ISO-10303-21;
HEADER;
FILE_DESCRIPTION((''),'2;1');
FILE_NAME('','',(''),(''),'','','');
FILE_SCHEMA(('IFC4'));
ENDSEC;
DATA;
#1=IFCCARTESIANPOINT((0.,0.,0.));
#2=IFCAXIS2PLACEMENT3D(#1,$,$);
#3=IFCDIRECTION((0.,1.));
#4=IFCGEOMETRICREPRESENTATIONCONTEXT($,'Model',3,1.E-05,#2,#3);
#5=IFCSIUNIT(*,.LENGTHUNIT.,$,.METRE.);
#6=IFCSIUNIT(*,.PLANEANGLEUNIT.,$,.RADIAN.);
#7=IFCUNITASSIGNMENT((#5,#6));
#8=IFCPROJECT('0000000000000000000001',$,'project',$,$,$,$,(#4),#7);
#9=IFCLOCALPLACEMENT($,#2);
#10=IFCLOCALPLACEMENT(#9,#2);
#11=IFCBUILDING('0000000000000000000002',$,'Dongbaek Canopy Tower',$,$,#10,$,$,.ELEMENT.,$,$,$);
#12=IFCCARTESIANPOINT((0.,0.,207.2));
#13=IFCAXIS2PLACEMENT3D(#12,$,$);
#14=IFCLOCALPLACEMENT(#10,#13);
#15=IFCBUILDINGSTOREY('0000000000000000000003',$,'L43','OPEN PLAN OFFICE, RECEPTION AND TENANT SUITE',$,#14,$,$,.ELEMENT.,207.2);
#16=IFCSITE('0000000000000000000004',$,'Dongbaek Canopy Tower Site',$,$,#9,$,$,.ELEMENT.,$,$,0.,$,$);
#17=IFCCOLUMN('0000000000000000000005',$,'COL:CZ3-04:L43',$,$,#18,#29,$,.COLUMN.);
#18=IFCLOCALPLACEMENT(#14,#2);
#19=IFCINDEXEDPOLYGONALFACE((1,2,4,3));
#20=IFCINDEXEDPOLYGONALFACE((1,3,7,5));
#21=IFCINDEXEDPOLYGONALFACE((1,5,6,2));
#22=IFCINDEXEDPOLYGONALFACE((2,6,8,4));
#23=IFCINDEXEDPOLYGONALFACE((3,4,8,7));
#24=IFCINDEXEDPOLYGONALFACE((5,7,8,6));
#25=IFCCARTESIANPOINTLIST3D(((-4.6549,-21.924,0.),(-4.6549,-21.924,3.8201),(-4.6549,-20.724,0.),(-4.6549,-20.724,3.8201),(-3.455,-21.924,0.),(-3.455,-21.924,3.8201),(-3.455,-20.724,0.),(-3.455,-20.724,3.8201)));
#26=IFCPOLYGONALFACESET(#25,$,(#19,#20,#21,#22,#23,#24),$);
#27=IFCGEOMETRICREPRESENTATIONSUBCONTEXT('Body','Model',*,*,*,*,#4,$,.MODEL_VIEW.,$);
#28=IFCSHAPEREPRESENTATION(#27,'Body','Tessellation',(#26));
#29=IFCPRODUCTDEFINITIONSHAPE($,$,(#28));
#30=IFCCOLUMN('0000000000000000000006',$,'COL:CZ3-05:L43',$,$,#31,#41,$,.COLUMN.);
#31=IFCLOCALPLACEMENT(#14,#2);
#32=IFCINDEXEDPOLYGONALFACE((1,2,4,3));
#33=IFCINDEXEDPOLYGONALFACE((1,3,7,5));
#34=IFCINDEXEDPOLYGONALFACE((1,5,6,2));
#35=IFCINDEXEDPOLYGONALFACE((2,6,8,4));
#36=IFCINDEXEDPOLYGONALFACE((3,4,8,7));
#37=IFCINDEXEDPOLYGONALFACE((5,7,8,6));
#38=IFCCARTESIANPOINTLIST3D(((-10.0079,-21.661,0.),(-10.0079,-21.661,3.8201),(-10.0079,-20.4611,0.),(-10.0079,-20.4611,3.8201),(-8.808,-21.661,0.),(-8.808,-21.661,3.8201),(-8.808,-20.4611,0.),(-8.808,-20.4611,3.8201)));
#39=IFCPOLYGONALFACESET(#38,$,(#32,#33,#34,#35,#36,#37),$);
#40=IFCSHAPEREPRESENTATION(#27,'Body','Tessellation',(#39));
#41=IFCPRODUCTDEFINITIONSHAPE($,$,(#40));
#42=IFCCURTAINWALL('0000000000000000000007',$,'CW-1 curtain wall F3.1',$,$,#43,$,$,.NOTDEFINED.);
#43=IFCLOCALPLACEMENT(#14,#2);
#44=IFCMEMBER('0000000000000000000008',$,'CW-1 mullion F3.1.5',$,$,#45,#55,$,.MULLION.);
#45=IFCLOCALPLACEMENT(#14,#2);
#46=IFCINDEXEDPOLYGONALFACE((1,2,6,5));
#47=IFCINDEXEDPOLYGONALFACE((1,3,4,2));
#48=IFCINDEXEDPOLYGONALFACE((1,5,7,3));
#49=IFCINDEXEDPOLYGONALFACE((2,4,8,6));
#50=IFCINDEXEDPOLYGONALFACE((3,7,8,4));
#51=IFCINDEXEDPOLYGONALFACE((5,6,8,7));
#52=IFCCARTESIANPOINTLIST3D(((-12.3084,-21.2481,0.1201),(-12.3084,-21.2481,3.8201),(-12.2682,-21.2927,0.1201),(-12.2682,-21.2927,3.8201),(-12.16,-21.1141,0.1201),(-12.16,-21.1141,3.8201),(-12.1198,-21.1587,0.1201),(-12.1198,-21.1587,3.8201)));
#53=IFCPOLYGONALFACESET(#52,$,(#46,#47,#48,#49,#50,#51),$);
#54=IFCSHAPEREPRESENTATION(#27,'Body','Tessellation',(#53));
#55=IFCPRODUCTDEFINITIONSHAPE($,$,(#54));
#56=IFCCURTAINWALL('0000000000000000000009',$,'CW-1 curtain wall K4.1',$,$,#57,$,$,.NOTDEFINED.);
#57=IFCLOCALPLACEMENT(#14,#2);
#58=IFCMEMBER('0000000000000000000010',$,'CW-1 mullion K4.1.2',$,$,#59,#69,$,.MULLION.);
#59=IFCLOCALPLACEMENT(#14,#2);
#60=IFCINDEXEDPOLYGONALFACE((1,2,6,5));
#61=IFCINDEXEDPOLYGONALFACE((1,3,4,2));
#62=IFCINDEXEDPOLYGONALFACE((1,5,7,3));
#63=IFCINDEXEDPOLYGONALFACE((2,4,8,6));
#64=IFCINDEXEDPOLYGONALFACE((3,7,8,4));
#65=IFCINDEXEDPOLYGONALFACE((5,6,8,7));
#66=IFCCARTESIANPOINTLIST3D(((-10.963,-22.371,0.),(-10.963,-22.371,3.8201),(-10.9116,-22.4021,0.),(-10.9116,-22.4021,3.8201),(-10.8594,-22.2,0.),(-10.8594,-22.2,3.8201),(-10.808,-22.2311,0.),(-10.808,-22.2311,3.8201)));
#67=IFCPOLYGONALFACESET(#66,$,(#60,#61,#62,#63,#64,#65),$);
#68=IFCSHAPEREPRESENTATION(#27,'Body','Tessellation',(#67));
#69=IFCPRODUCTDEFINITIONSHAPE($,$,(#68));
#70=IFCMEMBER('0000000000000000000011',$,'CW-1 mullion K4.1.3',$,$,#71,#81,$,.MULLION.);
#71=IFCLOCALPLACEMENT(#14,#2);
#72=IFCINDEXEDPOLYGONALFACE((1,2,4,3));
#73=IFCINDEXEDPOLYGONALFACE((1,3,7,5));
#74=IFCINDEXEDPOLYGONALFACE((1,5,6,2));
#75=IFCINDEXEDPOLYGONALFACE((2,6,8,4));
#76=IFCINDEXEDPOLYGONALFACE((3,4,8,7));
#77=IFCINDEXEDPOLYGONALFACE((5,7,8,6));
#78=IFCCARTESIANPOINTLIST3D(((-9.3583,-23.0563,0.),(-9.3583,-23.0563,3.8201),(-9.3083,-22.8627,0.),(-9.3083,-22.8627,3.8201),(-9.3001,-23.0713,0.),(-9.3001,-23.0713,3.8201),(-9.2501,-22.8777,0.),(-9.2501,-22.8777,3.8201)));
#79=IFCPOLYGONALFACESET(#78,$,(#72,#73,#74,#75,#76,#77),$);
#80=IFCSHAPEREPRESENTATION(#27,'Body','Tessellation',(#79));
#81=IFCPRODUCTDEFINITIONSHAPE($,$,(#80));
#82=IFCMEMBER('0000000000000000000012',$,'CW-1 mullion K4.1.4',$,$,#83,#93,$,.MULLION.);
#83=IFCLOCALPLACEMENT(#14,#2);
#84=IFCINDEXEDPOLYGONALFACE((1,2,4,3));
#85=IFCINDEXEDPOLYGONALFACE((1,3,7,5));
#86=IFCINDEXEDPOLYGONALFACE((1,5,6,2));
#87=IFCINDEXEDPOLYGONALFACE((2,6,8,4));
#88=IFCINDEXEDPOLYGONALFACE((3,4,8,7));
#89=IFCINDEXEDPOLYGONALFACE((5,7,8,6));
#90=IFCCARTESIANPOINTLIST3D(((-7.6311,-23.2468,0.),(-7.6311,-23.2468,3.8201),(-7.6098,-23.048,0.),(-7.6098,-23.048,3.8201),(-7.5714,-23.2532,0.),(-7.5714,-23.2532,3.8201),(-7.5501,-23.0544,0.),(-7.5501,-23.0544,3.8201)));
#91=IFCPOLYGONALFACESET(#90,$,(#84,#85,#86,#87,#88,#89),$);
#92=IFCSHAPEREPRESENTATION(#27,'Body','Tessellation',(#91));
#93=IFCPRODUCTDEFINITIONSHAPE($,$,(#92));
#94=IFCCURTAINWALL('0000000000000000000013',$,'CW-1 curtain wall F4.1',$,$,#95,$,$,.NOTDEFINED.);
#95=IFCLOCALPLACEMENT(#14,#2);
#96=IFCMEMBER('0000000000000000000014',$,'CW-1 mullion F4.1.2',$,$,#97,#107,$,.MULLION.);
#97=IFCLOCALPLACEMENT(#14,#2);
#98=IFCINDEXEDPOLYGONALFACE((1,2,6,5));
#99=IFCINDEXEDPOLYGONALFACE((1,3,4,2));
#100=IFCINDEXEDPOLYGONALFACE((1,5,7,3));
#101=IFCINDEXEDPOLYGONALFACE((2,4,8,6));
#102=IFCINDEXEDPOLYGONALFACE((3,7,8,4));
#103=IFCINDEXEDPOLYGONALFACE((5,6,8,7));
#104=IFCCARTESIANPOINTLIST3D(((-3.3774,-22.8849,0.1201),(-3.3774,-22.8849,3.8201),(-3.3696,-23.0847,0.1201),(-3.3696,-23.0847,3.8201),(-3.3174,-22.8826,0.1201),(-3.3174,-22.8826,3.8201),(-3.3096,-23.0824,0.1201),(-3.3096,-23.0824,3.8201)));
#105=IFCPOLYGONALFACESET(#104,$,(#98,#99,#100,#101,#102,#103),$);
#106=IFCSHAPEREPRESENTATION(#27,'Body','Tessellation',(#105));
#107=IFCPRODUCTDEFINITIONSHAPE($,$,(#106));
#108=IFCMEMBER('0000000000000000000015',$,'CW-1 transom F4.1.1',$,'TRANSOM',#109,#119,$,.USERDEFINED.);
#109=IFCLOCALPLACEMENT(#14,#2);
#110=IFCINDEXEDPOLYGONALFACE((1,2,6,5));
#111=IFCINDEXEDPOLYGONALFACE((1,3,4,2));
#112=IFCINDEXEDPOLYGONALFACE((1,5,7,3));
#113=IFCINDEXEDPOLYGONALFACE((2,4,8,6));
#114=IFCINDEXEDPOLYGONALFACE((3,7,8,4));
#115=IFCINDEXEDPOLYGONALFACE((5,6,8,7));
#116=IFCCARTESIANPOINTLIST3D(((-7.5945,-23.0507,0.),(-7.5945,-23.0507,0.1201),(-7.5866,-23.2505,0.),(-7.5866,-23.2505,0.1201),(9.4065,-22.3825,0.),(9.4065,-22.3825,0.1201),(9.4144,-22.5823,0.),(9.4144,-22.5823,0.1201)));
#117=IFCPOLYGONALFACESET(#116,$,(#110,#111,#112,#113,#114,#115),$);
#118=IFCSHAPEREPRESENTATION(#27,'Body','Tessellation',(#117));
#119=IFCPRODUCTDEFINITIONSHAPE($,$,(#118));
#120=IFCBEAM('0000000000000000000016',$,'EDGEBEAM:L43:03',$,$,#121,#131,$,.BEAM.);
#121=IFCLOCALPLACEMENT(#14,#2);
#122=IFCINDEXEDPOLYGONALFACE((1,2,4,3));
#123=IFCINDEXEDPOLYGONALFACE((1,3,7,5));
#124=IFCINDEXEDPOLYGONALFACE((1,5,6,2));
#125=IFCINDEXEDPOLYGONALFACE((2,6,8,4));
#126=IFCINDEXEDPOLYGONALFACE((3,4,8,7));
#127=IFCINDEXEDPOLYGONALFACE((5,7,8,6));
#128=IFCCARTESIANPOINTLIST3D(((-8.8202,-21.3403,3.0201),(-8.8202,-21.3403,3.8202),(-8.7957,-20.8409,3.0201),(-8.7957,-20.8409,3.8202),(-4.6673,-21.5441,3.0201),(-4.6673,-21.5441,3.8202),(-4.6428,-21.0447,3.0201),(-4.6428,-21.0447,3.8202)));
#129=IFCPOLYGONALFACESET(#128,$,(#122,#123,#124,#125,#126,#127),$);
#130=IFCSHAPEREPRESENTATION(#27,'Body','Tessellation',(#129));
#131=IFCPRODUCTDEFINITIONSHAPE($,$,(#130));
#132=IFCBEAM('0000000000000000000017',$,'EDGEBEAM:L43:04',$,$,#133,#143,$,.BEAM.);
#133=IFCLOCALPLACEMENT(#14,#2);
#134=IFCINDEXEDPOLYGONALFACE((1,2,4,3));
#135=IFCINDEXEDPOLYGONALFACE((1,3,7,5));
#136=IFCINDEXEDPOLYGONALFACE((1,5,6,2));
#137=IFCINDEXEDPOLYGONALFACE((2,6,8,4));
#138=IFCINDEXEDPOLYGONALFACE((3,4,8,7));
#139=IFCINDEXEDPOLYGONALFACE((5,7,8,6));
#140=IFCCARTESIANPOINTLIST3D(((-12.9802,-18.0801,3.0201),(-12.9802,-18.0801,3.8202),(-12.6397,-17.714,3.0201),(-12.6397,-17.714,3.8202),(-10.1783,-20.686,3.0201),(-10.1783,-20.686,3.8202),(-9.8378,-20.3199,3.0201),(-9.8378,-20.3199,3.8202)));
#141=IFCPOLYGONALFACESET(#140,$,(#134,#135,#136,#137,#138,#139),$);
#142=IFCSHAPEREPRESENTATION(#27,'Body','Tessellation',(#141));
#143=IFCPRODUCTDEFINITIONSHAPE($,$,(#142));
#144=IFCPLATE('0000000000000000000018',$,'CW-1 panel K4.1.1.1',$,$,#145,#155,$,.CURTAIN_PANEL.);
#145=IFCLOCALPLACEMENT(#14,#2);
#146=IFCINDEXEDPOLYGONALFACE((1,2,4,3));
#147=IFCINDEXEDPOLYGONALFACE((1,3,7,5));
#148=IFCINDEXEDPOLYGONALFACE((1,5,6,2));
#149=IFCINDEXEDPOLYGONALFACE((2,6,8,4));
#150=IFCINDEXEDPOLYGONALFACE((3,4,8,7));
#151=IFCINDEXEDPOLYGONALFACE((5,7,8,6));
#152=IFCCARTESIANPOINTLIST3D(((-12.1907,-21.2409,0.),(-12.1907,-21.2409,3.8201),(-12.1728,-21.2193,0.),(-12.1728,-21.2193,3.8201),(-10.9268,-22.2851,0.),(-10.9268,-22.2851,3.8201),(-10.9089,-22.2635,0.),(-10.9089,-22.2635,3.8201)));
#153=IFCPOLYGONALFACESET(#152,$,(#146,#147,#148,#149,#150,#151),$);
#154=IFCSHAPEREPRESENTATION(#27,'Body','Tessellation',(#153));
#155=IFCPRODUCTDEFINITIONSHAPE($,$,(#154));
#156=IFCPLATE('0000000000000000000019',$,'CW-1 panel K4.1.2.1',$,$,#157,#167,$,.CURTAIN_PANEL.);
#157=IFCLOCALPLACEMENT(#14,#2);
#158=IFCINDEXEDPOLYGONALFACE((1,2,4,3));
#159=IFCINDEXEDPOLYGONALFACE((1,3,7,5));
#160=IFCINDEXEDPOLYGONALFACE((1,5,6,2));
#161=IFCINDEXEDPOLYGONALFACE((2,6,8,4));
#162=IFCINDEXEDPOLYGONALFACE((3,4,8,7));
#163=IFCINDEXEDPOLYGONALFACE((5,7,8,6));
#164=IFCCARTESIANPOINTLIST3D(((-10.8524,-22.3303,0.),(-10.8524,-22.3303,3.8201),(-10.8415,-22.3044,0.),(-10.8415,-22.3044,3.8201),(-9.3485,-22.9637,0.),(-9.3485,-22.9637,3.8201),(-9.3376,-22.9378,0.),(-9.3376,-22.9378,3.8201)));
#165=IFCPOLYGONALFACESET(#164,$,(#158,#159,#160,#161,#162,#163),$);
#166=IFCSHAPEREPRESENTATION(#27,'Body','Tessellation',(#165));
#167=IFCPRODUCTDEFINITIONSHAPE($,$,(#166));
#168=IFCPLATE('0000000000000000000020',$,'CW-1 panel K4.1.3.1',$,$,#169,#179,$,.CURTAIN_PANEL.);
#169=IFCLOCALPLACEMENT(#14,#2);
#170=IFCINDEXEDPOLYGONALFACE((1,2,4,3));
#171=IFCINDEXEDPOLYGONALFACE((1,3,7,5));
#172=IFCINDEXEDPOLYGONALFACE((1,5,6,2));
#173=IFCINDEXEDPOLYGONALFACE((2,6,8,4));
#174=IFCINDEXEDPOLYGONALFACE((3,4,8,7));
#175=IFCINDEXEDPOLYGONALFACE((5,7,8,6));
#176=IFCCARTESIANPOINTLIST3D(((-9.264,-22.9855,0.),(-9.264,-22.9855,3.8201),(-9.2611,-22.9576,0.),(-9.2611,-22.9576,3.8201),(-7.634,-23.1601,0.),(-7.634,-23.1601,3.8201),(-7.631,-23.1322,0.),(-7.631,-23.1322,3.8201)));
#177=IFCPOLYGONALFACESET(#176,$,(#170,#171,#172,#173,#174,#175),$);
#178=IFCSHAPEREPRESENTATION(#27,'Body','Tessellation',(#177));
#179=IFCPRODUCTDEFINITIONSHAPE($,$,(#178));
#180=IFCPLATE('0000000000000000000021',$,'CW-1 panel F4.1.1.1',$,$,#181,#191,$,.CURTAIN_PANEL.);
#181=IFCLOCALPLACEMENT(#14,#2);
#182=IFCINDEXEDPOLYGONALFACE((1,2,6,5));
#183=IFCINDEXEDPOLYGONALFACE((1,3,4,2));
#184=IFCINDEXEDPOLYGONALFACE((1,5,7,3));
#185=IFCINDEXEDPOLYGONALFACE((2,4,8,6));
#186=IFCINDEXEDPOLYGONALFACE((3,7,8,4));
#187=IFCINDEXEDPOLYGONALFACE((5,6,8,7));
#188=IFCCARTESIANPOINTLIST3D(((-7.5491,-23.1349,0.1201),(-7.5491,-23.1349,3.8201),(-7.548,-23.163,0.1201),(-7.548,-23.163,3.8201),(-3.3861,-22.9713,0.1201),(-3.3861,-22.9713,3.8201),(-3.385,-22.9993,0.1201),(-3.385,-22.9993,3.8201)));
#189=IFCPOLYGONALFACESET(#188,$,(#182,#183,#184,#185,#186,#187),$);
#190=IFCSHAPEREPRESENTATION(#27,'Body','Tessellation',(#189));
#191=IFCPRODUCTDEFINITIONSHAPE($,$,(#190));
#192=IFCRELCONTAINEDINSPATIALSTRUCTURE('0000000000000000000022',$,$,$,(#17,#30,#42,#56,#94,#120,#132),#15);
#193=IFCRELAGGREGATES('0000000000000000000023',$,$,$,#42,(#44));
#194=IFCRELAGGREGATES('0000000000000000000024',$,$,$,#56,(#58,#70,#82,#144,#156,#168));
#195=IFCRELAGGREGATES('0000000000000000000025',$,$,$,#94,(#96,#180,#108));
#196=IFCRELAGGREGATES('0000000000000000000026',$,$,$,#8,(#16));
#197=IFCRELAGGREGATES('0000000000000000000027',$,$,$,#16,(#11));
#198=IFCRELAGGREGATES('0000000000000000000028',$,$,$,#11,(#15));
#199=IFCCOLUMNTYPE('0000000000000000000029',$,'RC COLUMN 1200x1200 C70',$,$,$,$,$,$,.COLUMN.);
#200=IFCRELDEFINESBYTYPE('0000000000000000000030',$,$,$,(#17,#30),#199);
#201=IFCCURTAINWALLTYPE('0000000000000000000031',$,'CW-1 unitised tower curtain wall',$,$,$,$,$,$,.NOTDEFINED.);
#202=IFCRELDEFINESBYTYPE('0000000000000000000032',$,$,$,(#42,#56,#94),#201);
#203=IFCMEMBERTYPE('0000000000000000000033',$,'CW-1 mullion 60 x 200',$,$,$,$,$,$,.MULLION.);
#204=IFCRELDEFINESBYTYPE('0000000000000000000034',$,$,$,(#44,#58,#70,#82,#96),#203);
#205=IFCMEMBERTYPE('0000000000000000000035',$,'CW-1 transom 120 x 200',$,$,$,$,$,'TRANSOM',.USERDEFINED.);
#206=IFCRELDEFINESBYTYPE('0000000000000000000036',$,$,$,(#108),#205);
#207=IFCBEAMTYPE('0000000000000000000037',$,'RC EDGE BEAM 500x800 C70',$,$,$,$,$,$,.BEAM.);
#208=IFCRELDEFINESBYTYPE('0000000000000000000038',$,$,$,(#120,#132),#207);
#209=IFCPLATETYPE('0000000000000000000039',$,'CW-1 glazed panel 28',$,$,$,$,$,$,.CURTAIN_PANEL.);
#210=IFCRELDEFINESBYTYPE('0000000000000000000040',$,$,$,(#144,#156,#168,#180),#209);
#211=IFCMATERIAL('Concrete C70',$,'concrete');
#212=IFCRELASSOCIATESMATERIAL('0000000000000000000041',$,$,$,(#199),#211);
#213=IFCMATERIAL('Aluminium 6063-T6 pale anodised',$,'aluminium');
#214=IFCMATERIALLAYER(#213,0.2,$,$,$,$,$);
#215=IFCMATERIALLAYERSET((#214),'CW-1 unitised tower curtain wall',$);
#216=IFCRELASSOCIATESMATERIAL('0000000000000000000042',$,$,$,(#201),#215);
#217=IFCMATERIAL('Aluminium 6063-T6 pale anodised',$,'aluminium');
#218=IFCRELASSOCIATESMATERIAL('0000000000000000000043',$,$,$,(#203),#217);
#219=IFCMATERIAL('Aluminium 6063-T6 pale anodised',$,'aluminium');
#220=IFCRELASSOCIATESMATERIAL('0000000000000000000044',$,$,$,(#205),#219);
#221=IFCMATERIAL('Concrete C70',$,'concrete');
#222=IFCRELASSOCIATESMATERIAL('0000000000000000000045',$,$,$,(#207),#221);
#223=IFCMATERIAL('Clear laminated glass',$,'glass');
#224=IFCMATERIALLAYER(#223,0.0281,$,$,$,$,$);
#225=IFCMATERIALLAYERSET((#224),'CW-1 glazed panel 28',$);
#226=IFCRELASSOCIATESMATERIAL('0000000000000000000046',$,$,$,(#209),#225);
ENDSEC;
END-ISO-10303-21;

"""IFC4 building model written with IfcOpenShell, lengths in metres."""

from ifc_helpers import new_model, si_unit, direction, frame, origin, origin_2d, place, context, subcontext, project, spatial, rectangle, extrude, material, layer, layer_set, material_profile, profile_set, type_object, element, aggregate, save


model = new_model("IFC4")

# Units and contexts
model_context = context("Model", 3, precision=1e-05, world=origin(), true_north=direction((0.0, 1.0)))
body_context = subcontext(model_context, "Body", "Model", "MODEL_VIEW")
ifc_project = project(units=[si_unit("LENGTHUNIT", "METRE"), si_unit("PLANEANGLEUNIT", "RADIAN")], contexts=[model_context])

# Site, building, storey
site_placement = place(None, origin())
site = spatial("IfcSite", under=ifc_project, at=site_placement, Name="Dongbaek Canopy Tower Site", CompositionType="ELEMENT", RefElevation=0.0)
building_placement = place(site_placement, origin())
building = spatial("IfcBuilding", under=site, at=building_placement, Name="Dongbaek Canopy Tower", CompositionType="ELEMENT")
storey_placement = place(building_placement, frame((0.0, 0.0, 207.2)))
storey = spatial("IfcBuildingStorey", under=building, at=storey_placement, Name="L43", Description="OPEN PLAN OFFICE, RECEPTION AND TENANT SUITE", CompositionType="ELEMENT", Elevation=207.2)

# Columns
ifc_material_1 = material(Name="Concrete C70", Category="concrete")
ifc_material_profile_1 = material_profile(ifc_material_1, rectangle(XDim=1.2, YDim=1.2, at=origin_2d()), Name="RC COLUMN 1200x1200 C70")
ifc_profile_set_1 = profile_set([ifc_material_profile_1], Name="Concrete C70")
column_type = type_object("IfcColumnType", Name="RC COLUMN 1200x1200 C70", PredefinedType="COLUMN", material=ifc_profile_set_1)
for number, where, z_axis, x_axis, name in (
    (1, (-4.0549, -21.324, 0.0), (0.0, 0.0, 1.0), (1.0, 0.0, 0.0), "COL:CZ3-04:L43"),
    (2, (-9.408, -21.061, 0.0), (0.0, 0.0, 1.0), (1.0, 0.0, 0.0), "COL:CZ3-05:L43"),
):
    element("IfcColumn", number, at=place(storey_placement, frame(where, z_axis=z_axis, x_axis=x_axis)), inside=storey, type_object=column_type, Name=name, PredefinedType="COLUMN", context=body_context, shape_type="SweptSolid", body=[
        extrude(rectangle(XDim=1.2, YDim=1.2, at=origin_2d()), origin(), (0.0, 0.0, 1.0), 3.8201),
    ])

# Curtain wall, member
ifc_material_2 = material(Name="Aluminium 6063-T6 pale anodised", Category="aluminium")
ifc_layer_1 = layer(ifc_material_2, 0.2)
ifc_layer_set_1 = layer_set([ifc_layer_1], Name="CW-1 unitised tower curtain wall")
curtain_wall_type = type_object("IfcCurtainWallType", Name="CW-1 unitised tower curtain wall", PredefinedType="NOTDEFINED", material=ifc_layer_set_1)
curtain_wall_1_placement = place(storey_placement, origin())
curtain_wall_1 = element("IfcCurtainWall", 3, at=curtain_wall_1_placement, inside=storey, type_object=curtain_wall_type, Name="CW-1 curtain wall F3.1", PredefinedType="NOTDEFINED")
ifc_material_3 = material(Name="Aluminium 6063-T6 pale anodised", Category="aluminium")
ifc_material_profile_2 = material_profile(ifc_material_3, rectangle(XDim=0.2, YDim=0.0601, at=origin_2d()), Name="CW-1 mullion 60 x 200")
ifc_profile_set_2 = profile_set([ifc_material_profile_2], Name="Aluminium 6063-T6 pale anodised")
member_type_1 = type_object("IfcMemberType", Name="CW-1 mullion 60 x 200", PredefinedType="MULLION", material=ifc_profile_set_2)
member_1_placement = place(storey_placement, frame((-12.2141, -21.2034, 0.1201), z_axis=(0.0, 0.0, 1.0), x_axis=(-0.7423, -0.670068, 0.0)))
member_1 = element("IfcMember", 4, at=member_1_placement, type_object=member_type_1, Name="CW-1 mullion F3.1.5", PredefinedType="MULLION", context=body_context, shape_type="SweptSolid", body=[
    extrude(rectangle(XDim=0.2, YDim=0.0601, at=origin_2d()), origin(), (0.0, 0.0, 1.0), 3.7),
])
aggregate(curtain_wall_1, [member_1])

# Curtain walls, members
curtain_wall_2_placement = place(storey_placement, origin())
curtain_wall_2 = element("IfcCurtainWall", 5, at=curtain_wall_2_placement, inside=storey, type_object=curtain_wall_type, Name="CW-1 curtain wall K4.1", PredefinedType="NOTDEFINED")
member_2_placement = place(storey_placement, frame((-10.8855, -22.301, 0.0), z_axis=(0.0, 0.0, 1.0), x_axis=(-0.518049, -0.855351, 0.0)))
member_2 = element("IfcMember", 6, at=member_2_placement, type_object=member_type_1, Name="CW-1 mullion K4.1.2", PredefinedType="MULLION", context=body_context, shape_type="SweptSolid", body=[
    extrude(rectangle(XDim=0.2, YDim=0.0601, at=origin_2d()), origin(), (0.0, 0.0, 1.0), 3.8201),
])
member_3_placement = place(storey_placement, frame((-9.3042, -22.967, 0.0), z_axis=(0.0, 0.0, 1.0), x_axis=(-0.249962, -0.968256, 0.0)))
member_3 = element("IfcMember", 7, at=member_3_placement, type_object=member_type_1, Name="CW-1 mullion K4.1.3", PredefinedType="MULLION", context=body_context, shape_type="SweptSolid", body=[
    extrude(rectangle(XDim=0.2, YDim=0.0601, at=origin_2d()), origin(), (0.0, 0.0, 1.0), 3.8201),
])
member_4_placement = place(storey_placement, frame((-7.5906, -23.1506, 0.0), z_axis=(0.0, 0.0, 1.0), x_axis=(-0.106476, -0.994315, 0.0)))
member_4 = element("IfcMember", 8, at=member_4_placement, type_object=member_type_1, Name="CW-1 mullion K4.1.4", PredefinedType="MULLION", context=body_context, shape_type="SweptSolid", body=[
    extrude(rectangle(XDim=0.2, YDim=0.0601, at=origin_2d()), origin(), (0.0, 0.0, 1.0), 3.8201),
])
curtain_wall_3_placement = place(storey_placement, origin())
curtain_wall_3 = element("IfcCurtainWall", 9, at=curtain_wall_3_placement, inside=storey, type_object=curtain_wall_type, Name="CW-1 curtain wall F4.1", PredefinedType="NOTDEFINED")
member_5_placement = place(storey_placement, frame((-3.3435, -22.9836, 0.1201), z_axis=(0.0, 0.0, 1.0), x_axis=(0.039276, -0.999228, 0.0)))
member_5 = element("IfcMember", 10, at=member_5_placement, type_object=member_type_1, Name="CW-1 mullion F4.1.2", PredefinedType="MULLION", context=body_context, shape_type="SweptSolid", body=[
    extrude(rectangle(XDim=0.2, YDim=0.0601, at=origin_2d()), origin(), (0.0, 0.0, 1.0), 3.7),
])
ifc_material_4 = material(Name="Aluminium 6063-T6 pale anodised", Category="aluminium")
ifc_material_profile_3 = material_profile(ifc_material_4, rectangle(XDim=0.2, YDim=0.1201, at=origin_2d()), Name="CW-1 transom 120 x 200")
ifc_profile_set_3 = profile_set([ifc_material_profile_3], Name="Aluminium 6063-T6 pale anodised")
member_type_2 = type_object("IfcMemberType", Name="CW-1 transom 120 x 200", ElementType="TRANSOM", PredefinedType="USERDEFINED", material=ifc_profile_set_3)
member_6_placement = place(storey_placement, frame((-7.5906, -23.1506, 0.0601), z_axis=(0.999228, 0.039274, 0.0), x_axis=(-0.039274, 0.999228, 0.0)))
member_6 = element("IfcMember", 11, at=member_6_placement, type_object=member_type_2, Name="CW-1 transom F4.1.1", ObjectType="TRANSOM", PredefinedType="USERDEFINED", context=body_context, shape_type="SweptSolid", body=[
    extrude(rectangle(XDim=0.2, YDim=0.1201, at=origin_2d()), origin(), (0.0, 0.0, 1.0), 17.0142),
])

# Beams
ifc_material_5 = material(Name="Concrete C70", Category="concrete")
ifc_material_profile_4 = material_profile(ifc_material_5, rectangle(XDim=0.5, YDim=0.8, at=origin_2d()), Name="RC EDGE BEAM 500x800 C70")
ifc_profile_set_4 = profile_set([ifc_material_profile_4], Name="Concrete C70")
beam_type = type_object("IfcBeamType", Name="RC EDGE BEAM 500x800 C70", PredefinedType="BEAM", material=ifc_profile_set_4)
beam_1_placement = place(storey_placement, frame((-4.655, -21.2944, 3.4202), z_axis=(-0.998797, 0.049027, 0.0), x_axis=(-0.049027, -0.998797, 0.0)))
element("IfcBeam", 12, at=beam_1_placement, inside=storey, type_object=beam_type, Name="EDGEBEAM:L43:03", PredefinedType="BEAM", context=body_context, shape_type="SweptSolid", body=[
    extrude(rectangle(XDim=0.5, YDim=0.8, at=origin_2d()), origin(), (0.0, 0.0, 1.0), 4.158),
])
beam_2_placement = place(storey_placement, frame((-10.0081, -20.5029, 3.4202), z_axis=(-0.732259, 0.681026, 0.0), x_axis=(-0.681026, -0.732259, 0.0)))
element("IfcBeam", 13, at=beam_2_placement, inside=storey, type_object=beam_type, Name="EDGEBEAM:L43:04", PredefinedType="BEAM", context=body_context, shape_type="SweptSolid", body=[
    extrude(rectangle(XDim=0.5, YDim=0.8, at=origin_2d()), origin(), (0.0, 0.0, 1.0), 3.8264),
])

# Plates
ifc_material_6 = material(Name="Clear laminated glass", Category="glass")
ifc_layer_2 = layer(ifc_material_6, 0.0281)
ifc_layer_set_2 = layer_set([ifc_layer_2], Name="CW-1 glazed panel 28")
plate_type = type_object("IfcPlateType", Name="CW-1 glazed panel 28", PredefinedType="CURTAIN_PANEL", material=ifc_layer_set_2)
plate_1_placement = place(storey_placement, frame((-11.5498, -21.7522, 0.0), z_axis=(0.0, 0.0, 1.0), x_axis=(0.770907, -0.636948, 0.0)))
plate_1 = element("IfcPlate", 14, at=plate_1_placement, type_object=plate_type, Name="CW-1 panel K4.1.1.1", PredefinedType="CURTAIN_PANEL", context=body_context, shape_type="SweptSolid", body=[
    extrude(rectangle(XDim=1.6394, YDim=0.0281, at=origin_2d()), origin(), (0.0, 0.0, 1.0), 3.8201),
])
plate_2_placement = place(storey_placement, frame((-10.095, -22.634, 0.0), z_axis=(0.0, 0.0, 1.0), x_axis=(0.921603, -0.388133, 0.0)))
plate_2 = element("IfcPlate", 15, at=plate_2_placement, type_object=plate_type, Name="CW-1 panel K4.1.2.1", PredefinedType="CURTAIN_PANEL", context=body_context, shape_type="SweptSolid", body=[
    extrude(rectangle(XDim=1.6318, YDim=0.0281, at=origin_2d()), origin(), (0.0, 0.0, 1.0), 3.8201),
])
plate_3_placement = place(storey_placement, frame((-8.4475, -23.0588, 0.0), z_axis=(0.0, 0.0, 1.0), x_axis=(0.994315, -0.106476, 0.0)))
plate_3 = element("IfcPlate", 16, at=plate_3_placement, type_object=plate_type, Name="CW-1 panel K4.1.3.1", PredefinedType="CURTAIN_PANEL", context=body_context, shape_type="SweptSolid", body=[
    extrude(rectangle(XDim=1.6394, YDim=0.0281, at=origin_2d()), origin(), (0.0, 0.0, 1.0), 3.8201),
])
aggregate(curtain_wall_2, [member_2, member_3, member_4, plate_1, plate_2, plate_3])
plate_4_placement = place(storey_placement, frame((-5.467, -23.0671, 0.1201), z_axis=(0.0, 0.0, 1.0), x_axis=(0.999228, 0.039276, 0.0)))
plate_4 = element("IfcPlate", 17, at=plate_4_placement, type_object=plate_type, Name="CW-1 panel F4.1.1.1", PredefinedType="CURTAIN_PANEL", context=body_context, shape_type="SweptSolid", body=[
    extrude(rectangle(XDim=4.1663, YDim=0.0281, at=origin_2d()), origin(), (0.0, 0.0, 1.0), 3.7),
])

aggregate(curtain_wall_3, [member_5, plate_4, member_6])

save(model, "model.ifc")
